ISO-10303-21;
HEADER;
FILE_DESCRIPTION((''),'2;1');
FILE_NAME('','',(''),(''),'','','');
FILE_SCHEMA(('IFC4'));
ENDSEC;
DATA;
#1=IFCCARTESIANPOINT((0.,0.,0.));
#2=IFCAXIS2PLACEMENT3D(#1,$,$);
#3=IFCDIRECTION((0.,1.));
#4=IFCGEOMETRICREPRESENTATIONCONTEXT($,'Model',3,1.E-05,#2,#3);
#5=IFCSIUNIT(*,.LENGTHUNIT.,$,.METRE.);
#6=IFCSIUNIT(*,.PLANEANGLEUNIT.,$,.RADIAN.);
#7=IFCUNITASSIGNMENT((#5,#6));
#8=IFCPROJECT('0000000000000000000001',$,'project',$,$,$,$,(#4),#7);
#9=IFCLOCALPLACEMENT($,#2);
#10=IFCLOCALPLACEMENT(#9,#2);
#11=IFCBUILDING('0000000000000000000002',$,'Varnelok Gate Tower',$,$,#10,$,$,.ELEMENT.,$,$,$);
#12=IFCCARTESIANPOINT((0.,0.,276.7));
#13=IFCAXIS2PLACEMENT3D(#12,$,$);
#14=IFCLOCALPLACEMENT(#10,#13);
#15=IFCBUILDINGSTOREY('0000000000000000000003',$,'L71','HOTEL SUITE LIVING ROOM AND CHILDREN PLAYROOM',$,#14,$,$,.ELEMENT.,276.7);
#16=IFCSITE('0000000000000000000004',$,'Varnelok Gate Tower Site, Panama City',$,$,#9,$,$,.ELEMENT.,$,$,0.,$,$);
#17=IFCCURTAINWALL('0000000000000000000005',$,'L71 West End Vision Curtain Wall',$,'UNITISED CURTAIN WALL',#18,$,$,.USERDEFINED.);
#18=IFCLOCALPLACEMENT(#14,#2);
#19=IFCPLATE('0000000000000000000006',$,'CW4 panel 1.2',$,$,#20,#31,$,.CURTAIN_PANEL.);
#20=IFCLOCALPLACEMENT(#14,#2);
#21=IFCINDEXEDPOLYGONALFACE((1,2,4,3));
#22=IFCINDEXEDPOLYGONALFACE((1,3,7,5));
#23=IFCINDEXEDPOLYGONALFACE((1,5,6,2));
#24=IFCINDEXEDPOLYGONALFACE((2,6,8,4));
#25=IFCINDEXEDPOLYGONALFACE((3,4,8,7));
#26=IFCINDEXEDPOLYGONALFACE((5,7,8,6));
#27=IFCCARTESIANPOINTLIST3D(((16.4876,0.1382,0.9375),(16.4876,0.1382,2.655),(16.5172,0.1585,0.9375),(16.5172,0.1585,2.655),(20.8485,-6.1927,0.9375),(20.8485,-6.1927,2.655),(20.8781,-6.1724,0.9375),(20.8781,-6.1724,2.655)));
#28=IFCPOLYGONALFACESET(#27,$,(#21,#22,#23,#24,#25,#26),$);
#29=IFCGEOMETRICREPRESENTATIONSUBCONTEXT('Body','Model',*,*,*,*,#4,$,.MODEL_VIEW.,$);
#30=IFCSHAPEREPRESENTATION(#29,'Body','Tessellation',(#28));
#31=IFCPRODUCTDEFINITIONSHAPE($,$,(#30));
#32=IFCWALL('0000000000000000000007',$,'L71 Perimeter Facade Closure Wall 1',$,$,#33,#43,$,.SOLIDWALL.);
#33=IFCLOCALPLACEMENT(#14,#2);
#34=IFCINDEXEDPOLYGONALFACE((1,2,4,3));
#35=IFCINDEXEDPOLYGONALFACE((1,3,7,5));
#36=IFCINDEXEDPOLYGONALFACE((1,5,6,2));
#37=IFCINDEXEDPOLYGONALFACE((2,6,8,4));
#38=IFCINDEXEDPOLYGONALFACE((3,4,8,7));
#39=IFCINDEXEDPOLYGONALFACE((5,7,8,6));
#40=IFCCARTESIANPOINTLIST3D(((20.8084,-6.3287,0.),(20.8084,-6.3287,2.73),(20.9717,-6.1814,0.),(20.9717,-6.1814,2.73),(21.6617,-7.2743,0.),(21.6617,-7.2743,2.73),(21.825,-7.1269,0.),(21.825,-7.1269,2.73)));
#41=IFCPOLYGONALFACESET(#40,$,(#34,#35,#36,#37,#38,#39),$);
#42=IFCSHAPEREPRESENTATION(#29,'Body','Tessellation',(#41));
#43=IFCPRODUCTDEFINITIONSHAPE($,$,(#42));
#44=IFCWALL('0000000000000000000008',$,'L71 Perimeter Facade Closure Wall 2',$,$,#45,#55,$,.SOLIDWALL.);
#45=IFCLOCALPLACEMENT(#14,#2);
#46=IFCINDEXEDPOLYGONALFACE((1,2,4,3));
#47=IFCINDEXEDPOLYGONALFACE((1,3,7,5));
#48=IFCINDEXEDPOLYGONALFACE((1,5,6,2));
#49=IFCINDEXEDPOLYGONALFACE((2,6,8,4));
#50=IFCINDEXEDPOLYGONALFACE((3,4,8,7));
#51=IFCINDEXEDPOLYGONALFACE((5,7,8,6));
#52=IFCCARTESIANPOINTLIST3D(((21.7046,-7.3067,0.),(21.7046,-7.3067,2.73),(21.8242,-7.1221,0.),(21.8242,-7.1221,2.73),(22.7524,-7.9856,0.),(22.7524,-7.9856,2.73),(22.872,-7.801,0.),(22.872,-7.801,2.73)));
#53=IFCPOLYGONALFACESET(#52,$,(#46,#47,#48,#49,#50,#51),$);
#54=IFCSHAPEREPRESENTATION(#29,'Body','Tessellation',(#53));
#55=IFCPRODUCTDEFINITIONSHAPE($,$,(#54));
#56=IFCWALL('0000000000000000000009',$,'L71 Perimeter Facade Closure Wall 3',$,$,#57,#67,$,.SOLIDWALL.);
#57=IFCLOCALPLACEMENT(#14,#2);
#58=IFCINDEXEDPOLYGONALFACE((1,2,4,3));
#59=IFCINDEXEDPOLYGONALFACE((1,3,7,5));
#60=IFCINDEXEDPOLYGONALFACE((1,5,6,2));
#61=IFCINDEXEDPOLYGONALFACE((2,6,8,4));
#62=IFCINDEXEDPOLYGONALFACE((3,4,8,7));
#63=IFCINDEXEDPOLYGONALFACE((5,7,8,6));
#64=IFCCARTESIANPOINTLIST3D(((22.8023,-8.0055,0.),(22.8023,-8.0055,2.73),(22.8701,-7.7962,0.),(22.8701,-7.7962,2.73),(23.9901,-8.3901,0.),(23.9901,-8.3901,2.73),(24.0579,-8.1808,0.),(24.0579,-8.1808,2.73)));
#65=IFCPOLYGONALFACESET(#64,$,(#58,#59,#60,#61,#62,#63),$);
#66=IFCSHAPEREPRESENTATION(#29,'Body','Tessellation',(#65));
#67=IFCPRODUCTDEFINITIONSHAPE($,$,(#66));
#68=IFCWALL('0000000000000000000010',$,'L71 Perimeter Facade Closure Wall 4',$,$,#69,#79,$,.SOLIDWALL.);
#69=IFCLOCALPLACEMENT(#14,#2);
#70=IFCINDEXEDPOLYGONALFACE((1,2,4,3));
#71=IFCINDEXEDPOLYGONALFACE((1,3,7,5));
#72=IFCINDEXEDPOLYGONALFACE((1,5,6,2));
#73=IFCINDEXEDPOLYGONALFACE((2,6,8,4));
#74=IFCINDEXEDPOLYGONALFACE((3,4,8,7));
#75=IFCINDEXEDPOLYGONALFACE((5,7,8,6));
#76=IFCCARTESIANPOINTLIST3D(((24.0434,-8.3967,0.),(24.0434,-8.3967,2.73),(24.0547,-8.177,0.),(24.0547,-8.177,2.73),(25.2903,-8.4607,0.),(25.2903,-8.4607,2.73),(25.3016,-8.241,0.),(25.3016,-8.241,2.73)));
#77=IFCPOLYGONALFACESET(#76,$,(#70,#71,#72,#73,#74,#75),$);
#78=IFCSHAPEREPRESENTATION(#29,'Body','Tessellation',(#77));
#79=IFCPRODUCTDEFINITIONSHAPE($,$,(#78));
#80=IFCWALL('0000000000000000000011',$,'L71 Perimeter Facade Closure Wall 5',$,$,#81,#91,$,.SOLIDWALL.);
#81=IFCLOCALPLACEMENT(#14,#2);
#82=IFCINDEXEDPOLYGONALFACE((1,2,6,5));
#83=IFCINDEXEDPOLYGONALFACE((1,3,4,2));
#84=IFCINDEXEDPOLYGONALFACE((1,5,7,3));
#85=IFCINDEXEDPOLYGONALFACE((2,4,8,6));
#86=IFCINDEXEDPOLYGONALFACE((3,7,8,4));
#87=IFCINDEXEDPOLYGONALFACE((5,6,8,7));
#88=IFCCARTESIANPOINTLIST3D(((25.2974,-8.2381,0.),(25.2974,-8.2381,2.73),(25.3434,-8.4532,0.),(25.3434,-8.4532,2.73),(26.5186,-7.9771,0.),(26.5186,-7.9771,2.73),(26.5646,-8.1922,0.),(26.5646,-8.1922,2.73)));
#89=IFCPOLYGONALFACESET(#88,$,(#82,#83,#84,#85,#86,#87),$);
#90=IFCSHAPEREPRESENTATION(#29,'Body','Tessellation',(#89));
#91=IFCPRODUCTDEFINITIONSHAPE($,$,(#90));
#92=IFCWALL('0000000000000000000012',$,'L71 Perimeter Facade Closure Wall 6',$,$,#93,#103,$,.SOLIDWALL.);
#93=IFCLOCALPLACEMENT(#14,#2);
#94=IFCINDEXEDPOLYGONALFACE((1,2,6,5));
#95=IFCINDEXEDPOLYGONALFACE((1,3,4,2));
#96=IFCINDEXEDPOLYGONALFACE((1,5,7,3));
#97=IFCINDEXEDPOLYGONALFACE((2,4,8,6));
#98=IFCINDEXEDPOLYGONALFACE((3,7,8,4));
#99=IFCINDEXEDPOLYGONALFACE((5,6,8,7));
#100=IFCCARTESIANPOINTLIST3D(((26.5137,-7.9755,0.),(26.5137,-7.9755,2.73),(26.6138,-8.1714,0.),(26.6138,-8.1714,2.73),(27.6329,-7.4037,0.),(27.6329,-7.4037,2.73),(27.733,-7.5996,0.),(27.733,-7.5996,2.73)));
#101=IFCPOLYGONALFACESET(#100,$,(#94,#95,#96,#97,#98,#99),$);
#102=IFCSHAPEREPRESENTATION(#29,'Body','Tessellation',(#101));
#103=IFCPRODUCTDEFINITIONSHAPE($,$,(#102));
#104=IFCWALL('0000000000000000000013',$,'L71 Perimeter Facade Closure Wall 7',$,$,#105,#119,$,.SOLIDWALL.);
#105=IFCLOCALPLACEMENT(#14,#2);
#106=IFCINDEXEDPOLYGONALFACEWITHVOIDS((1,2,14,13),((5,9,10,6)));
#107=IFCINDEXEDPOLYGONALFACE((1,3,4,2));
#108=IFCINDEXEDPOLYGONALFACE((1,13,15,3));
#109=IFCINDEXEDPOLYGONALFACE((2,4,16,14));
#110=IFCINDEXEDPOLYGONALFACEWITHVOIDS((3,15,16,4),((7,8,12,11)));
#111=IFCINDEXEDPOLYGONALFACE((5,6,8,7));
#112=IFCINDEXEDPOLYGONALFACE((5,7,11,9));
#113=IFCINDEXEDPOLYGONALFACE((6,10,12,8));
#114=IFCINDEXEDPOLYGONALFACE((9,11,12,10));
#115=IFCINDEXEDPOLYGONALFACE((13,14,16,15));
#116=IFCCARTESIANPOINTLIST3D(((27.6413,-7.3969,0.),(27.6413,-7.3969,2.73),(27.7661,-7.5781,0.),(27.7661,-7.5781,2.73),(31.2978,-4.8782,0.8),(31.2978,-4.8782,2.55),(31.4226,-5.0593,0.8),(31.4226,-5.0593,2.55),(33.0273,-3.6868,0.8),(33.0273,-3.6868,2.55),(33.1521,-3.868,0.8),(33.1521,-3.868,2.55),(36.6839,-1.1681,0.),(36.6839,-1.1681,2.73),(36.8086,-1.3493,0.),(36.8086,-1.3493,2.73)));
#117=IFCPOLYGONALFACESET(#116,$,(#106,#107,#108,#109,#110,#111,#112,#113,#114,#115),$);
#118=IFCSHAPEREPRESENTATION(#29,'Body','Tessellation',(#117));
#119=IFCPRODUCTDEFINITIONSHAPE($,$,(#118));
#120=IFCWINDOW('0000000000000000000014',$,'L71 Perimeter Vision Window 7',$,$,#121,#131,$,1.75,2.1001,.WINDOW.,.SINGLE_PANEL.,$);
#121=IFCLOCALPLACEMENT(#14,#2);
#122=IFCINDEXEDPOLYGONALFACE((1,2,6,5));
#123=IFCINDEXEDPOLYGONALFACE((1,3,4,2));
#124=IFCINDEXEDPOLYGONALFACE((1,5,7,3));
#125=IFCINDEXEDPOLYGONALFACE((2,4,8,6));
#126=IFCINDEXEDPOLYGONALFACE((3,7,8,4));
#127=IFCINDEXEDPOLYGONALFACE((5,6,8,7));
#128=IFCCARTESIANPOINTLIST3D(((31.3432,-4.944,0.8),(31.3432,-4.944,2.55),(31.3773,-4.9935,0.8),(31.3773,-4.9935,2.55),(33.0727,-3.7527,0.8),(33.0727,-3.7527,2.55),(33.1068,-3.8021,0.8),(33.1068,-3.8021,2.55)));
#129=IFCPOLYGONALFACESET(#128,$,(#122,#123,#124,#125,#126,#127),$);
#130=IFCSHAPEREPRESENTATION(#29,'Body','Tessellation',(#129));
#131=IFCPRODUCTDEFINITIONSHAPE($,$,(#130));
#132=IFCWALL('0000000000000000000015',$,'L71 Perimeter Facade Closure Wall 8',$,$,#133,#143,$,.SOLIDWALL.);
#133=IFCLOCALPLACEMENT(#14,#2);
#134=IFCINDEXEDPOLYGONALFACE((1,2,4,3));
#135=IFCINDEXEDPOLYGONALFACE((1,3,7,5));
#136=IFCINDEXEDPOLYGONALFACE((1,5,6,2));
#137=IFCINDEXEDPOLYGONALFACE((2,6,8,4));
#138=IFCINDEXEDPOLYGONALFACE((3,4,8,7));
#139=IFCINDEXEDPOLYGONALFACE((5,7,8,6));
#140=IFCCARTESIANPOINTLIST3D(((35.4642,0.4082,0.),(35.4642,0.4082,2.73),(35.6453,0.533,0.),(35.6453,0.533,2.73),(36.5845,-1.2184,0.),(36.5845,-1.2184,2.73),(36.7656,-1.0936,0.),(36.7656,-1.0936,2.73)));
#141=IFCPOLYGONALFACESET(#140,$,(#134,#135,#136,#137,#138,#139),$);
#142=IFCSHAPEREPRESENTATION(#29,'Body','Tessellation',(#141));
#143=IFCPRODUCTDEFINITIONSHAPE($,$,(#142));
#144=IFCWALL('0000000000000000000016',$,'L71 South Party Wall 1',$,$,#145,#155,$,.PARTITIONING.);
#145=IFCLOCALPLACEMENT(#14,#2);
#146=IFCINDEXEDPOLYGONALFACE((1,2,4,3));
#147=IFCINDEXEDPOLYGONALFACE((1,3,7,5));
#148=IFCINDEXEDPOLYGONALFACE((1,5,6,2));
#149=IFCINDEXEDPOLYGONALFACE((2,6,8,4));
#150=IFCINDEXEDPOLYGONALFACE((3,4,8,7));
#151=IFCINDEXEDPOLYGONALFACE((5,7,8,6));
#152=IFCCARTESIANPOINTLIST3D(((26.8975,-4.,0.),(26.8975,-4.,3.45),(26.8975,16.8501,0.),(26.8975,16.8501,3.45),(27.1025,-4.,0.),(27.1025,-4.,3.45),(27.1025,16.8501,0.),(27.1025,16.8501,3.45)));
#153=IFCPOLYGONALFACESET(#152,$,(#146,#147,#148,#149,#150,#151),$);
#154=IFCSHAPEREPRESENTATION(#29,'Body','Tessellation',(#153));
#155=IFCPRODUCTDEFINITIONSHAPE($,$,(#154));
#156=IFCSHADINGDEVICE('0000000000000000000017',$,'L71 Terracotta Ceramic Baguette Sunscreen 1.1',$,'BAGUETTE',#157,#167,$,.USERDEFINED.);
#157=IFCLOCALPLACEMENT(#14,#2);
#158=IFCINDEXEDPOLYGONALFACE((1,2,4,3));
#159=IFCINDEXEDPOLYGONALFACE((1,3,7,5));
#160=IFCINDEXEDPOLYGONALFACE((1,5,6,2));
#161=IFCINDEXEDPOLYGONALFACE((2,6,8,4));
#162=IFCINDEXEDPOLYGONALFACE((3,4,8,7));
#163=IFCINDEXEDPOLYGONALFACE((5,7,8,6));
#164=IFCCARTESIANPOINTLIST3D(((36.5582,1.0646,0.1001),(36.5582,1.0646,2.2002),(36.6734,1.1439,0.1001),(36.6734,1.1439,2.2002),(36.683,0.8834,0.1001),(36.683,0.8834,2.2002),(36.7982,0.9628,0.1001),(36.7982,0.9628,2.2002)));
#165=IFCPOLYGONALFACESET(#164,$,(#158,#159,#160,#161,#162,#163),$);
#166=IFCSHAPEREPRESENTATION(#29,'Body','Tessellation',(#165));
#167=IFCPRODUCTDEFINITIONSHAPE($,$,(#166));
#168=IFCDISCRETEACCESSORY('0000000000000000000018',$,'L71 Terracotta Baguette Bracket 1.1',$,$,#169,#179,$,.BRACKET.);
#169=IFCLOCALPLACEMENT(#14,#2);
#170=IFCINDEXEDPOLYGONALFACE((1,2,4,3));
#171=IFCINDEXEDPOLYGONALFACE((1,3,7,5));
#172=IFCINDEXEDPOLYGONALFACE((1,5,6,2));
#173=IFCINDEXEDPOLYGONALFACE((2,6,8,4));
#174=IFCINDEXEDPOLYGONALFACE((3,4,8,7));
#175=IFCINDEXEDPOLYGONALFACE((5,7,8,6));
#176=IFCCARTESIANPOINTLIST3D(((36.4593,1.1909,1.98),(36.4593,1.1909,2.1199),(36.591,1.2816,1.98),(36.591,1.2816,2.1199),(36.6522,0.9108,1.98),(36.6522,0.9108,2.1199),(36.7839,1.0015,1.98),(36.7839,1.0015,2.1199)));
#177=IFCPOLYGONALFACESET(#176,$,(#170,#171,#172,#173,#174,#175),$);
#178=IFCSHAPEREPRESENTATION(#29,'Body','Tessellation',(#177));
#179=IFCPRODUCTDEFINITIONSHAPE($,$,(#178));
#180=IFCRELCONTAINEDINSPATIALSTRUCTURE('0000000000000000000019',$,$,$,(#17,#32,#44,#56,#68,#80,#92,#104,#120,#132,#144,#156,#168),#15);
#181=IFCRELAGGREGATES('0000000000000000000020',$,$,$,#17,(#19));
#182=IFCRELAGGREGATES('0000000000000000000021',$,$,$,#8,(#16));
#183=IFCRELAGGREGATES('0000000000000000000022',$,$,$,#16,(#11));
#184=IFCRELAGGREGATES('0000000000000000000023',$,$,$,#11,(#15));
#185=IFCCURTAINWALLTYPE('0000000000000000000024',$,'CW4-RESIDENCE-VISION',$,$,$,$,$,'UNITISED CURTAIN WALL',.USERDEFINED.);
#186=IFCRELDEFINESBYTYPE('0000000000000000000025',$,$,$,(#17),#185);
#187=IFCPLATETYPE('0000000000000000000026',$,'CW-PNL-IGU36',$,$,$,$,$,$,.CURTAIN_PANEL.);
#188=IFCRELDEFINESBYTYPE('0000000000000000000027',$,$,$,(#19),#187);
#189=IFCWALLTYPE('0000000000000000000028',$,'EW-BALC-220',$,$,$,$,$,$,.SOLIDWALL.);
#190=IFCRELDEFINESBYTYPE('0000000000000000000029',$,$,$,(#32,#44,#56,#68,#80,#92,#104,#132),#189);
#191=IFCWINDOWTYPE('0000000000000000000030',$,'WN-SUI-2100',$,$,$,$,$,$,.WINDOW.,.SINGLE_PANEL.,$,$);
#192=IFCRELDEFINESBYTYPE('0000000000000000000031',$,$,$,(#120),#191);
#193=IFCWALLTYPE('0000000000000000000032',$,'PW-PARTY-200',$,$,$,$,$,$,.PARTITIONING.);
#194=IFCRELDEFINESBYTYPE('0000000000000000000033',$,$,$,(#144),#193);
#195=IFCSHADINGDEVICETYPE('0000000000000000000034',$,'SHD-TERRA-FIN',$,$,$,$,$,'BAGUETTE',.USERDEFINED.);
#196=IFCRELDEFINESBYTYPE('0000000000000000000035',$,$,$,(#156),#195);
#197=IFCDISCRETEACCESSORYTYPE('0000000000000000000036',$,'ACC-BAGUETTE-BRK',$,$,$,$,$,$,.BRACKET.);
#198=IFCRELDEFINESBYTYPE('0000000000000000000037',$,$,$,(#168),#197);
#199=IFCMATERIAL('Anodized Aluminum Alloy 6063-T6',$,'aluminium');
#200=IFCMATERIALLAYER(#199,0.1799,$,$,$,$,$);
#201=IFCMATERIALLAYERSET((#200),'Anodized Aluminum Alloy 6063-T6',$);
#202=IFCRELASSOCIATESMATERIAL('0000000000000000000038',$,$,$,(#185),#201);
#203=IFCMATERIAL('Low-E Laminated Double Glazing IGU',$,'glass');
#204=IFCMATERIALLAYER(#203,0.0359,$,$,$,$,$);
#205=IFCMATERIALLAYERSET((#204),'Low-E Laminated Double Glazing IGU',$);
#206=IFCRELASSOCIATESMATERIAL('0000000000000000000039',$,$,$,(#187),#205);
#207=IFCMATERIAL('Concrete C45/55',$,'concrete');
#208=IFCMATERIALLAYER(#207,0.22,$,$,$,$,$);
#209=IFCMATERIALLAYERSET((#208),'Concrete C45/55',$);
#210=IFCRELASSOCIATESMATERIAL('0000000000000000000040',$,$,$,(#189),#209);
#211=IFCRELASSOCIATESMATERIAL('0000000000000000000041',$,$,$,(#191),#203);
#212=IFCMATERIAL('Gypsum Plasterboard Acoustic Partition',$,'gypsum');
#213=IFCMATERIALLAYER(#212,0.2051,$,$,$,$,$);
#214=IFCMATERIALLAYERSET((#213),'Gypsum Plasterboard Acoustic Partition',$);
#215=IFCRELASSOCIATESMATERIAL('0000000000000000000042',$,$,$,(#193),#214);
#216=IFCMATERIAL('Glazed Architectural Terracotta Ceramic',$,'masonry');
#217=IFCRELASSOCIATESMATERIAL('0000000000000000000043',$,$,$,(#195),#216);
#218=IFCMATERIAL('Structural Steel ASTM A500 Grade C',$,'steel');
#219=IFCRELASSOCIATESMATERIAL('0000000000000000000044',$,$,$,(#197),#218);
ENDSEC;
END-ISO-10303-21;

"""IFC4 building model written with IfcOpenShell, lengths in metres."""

from ifc_helpers import new_model, si_unit, direction, frame, frame_2d, origin, origin_2d, place, context, subcontext, project, spatial, rectangle, extrude, source, transform, mapped, material, layer, layer_set, type_object, element, fill, aggregate, save


model = new_model("IFC4")

# Units and contexts
model_context = context("Model", 3, precision=1e-05, world=origin(), true_north=direction((0.0, 1.0)))
body_context = subcontext(model_context, "Body", "Model", "MODEL_VIEW")
ifc_project = project(units=[si_unit("LENGTHUNIT", "METRE"), si_unit("PLANEANGLEUNIT", "RADIAN")], contexts=[model_context])

# Site, building, storey
site_placement = place(None, origin())
site = spatial("IfcSite", under=ifc_project, at=site_placement, Name="Varnelok Gate Tower Site, Panama City", CompositionType="ELEMENT", RefElevation=0.0)
building_placement = place(site_placement, origin())
building = spatial("IfcBuilding", under=site, at=building_placement, Name="Varnelok Gate Tower", CompositionType="ELEMENT")
storey_placement = place(building_placement, frame((0.0, 0.0, 276.7)))
storey = spatial("IfcBuildingStorey", under=building, at=storey_placement, Name="L71", Description="HOTEL SUITE LIVING ROOM AND CHILDREN PLAYROOM", CompositionType="ELEMENT", Elevation=276.7)

# Curtain wall, plate
ifc_material_1 = material(Name="Anodized Aluminum Alloy 6063-T6", Category="aluminium")
ifc_layer_1 = layer(ifc_material_1, 0.1799)
ifc_layer_set_1 = layer_set([ifc_layer_1], Name="Anodized Aluminum Alloy 6063-T6")
curtain_wall_type = type_object("IfcCurtainWallType", Name="CW4-RESIDENCE-VISION", ElementType="UNITISED CURTAIN WALL", PredefinedType="USERDEFINED", material=ifc_layer_set_1)
curtain_wall_placement = place(storey_placement, origin())
curtain_wall = element("IfcCurtainWall", 1, at=curtain_wall_placement, inside=storey, type_object=curtain_wall_type, Name="L71 West End Vision Curtain Wall", ObjectType="UNITISED CURTAIN WALL", PredefinedType="USERDEFINED")
ifc_material_2 = material(Name="Low-E Laminated Double Glazing IGU", Category="glass")
ifc_layer_2 = layer(ifc_material_2, 0.0359)
ifc_layer_set_2 = layer_set([ifc_layer_2], Name="Low-E Laminated Double Glazing IGU")
plate_type = type_object("IfcPlateType", Name="CW-PNL-IGU36", PredefinedType="CURTAIN_PANEL", material=ifc_layer_set_2)
shared_shape_1 = source(origin(), body_context, "Body", "SweptSolid", [
    extrude(rectangle(XDim=7.6875, YDim=0.0359, at=origin_2d()), origin(), (0.0, 0.0, 1.0), 1.7175),
])
plate_1_placement = place(storey_placement, frame((18.6829, -3.0171, 0.9375), z_axis=(0.0, 0.0, 1.0), x_axis=(-0.567269, 0.823532, 0.0)))
plate_1 = element("IfcPlate", 2, at=plate_1_placement, type_object=plate_type, Name="CW4 panel 1.2", PredefinedType="CURTAIN_PANEL", context=body_context, shape_type="MappedRepresentation", body=[
    mapped(shared_shape_1, transform((0.0, 0.0, 0.0), scale=1.0)),
])
aggregate(curtain_wall, [plate_1])

# Walls
ifc_material_3 = material(Name="Concrete C45/55", Category="concrete")
ifc_layer_3 = layer(ifc_material_3, 0.22)
ifc_layer_set_3 = layer_set([ifc_layer_3], Name="Concrete C45/55")
wall_type_1 = type_object("IfcWallType", Name="EW-BALC-220", PredefinedType="SOLIDWALL", material=ifc_layer_set_3)
wall_1_placement = place(storey_placement, frame((20.8901, -6.2551, 0.0), z_axis=(0.0, 0.0, 1.0), x_axis=(0.669949, -0.742407, 0.0)))
element("IfcWall", 3, at=wall_1_placement, inside=storey, type_object=wall_type_1, Name="L71 Perimeter Facade Closure Wall 1", PredefinedType="SOLIDWALL", context=body_context, shape_type="SweptSolid", body=[
    extrude(rectangle(XDim=1.2737, YDim=0.22, at=frame_2d((0.6367, 0.0))), origin(), (0.0, 0.0, 1.0), 2.73),
])
for number, where, z_axis, x_axis, name in (
    (4, (21.7644, -7.2144, 0.0), (0.0, 0.0, 1.0), (0.839229, -0.543778, 0.0), "L71 Perimeter Facade Closure Wall 2"),
    (5, (22.8362, -7.9009, 0.0), (0.0, 0.0, 1.0), (0.951386, -0.308003, 0.0), "L71 Perimeter Facade Closure Wall 3"),
    (6, (24.0491, -8.2869, 0.0), (0.0, 0.0, 1.0), (0.998687, -0.051235, 0.0), "L71 Perimeter Facade Closure Wall 4"),
):
    element("IfcWall", number, at=place(storey_placement, frame(where, z_axis=z_axis, x_axis=x_axis)), inside=storey, type_object=wall_type_1, Name=name, PredefinedType="SOLIDWALL", context=body_context, shape_type="SweptSolid", body=[
        extrude(rectangle(XDim=1.2485, YDim=0.22, at=frame_2d((0.6243, 0.0))), origin(), (0.0, 0.0, 1.0), 2.73),
    ])
wall_2_placement = place(storey_placement, frame((25.3203, -8.3457, 0.0), z_axis=(0.0, 0.0, 1.0), x_axis=(0.977917, 0.208995, 0.0)))
element("IfcWall", 7, at=wall_2_placement, inside=storey, type_object=wall_type_1, Name="L71 Perimeter Facade Closure Wall 5", PredefinedType="SOLIDWALL", context=body_context, shape_type="SweptSolid", body=[
    extrude(rectangle(XDim=1.2488, YDim=0.22, at=frame_2d((0.6245, 0.0))), origin(), (0.0, 0.0, 1.0), 2.73),
])
wall_3_placement = place(storey_placement, frame((26.5637, -8.0735, 0.0), z_axis=(0.0, 0.0, 1.0), x_axis=(0.890508, 0.454967, 0.0)))
element("IfcWall", 8, at=wall_3_placement, inside=storey, type_object=wall_type_1, Name="L71 Perimeter Facade Closure Wall 6", PredefinedType="SOLIDWALL", context=body_context, shape_type="SweptSolid", body=[
    extrude(rectangle(XDim=1.2568, YDim=0.22, at=frame_2d((0.6284, 0.0))), origin(), (0.0, 0.0, 1.0), 2.73),
])

# Wall, opening, window
wall_4_placement = place(storey_placement, frame((27.7036, -7.4875, 0.0), z_axis=(0.0, 0.0, 1.0), x_axis=(0.823529, 0.567274, 0.0)))
wall_4 = element("IfcWall", 9, at=wall_4_placement, inside=storey, type_object=wall_type_1, Name="L71 Perimeter Facade Closure Wall 7", PredefinedType="SOLIDWALL", context=body_context, shape_type="SweptSolid", body=[
    extrude(rectangle(XDim=10.9802, YDim=0.22, at=frame_2d((5.4902, 0.0))), origin(), (0.0, 0.0, 1.0), 2.73),
])
opening_placement = place(wall_4_placement, frame((4.4402, 0.0, 0.8)))
opening = element("IfcOpeningElement", 10, at=opening_placement, cuts=wall_4, PredefinedType="OPENING", context=body_context, shape_type="SweptSolid", body=[
    extrude(rectangle(XDim=2.1001, YDim=1.75, at=frame_2d((1.05, 0.875))), frame((0.0, 0.1199, 0.0), z_axis=(0.0, -1.0, 0.0), x_axis=(1.0, 0.0, 0.0)), (0.0, 0.0, 1.0), 0.24),
])
window_type = type_object("IfcWindowType", Name="WN-SUI-2100", PartitioningType="SINGLE_PANEL", PredefinedType="WINDOW", material=ifc_material_2)
window_placement = place(opening_placement, origin())
window = element("IfcWindow", 11, at=window_placement, inside=storey, type_object=window_type, Name="L71 Perimeter Vision Window 7", OverallHeight=1.75, OverallWidth=2.1001, PartitioningType="SINGLE_PANEL", PredefinedType="WINDOW", context=body_context, shape_type="SweptSolid", body=[
    extrude(rectangle(XDim=2.1001, YDim=1.75, at=frame_2d((1.05, 0.875))), frame((0.0, 0.03, 0.0), z_axis=(0.0, -1.0, 0.0), x_axis=(1.0, 0.0, 0.0)), (0.0, 0.0, 1.0), 0.0601),
])
fill(opening, window)

# Walls
wall_5_placement = place(storey_placement, frame((36.675, -1.156, 0.0), z_axis=(0.0, 0.0, 1.0), x_axis=(-0.567216, 0.823569, 0.0)))
element("IfcWall", 12, at=wall_5_placement, inside=storey, type_object=wall_type_1, Name="L71 Perimeter Facade Closure Wall 8", PredefinedType="SOLIDWALL", context=body_context, shape_type="SweptSolid", body=[
    extrude(rectangle(XDim=1.9751, YDim=0.22, at=frame_2d((0.9875, 0.0))), origin(), (0.0, 0.0, 1.0), 2.73),
])
ifc_material_4 = material(Name="Gypsum Plasterboard Acoustic Partition", Category="gypsum")
ifc_layer_4 = layer(ifc_material_4, 0.2051)
ifc_layer_set_4 = layer_set([ifc_layer_4], Name="Gypsum Plasterboard Acoustic Partition")
wall_type_2 = type_object("IfcWallType", Name="PW-PARTY-200", PredefinedType="PARTITIONING", material=ifc_layer_set_4)
wall_6_placement = place(storey_placement, frame((27.0, -4.0, 0.0), z_axis=(0.0, 0.0, 1.0), x_axis=(0.0, 1.0, 0.0)))
element("IfcWall", 13, at=wall_6_placement, inside=storey, type_object=wall_type_2, Name="L71 South Party Wall 1", PredefinedType="PARTITIONING", context=body_context, shape_type="SweptSolid", body=[
    extrude(rectangle(XDim=20.8501, YDim=0.2051, at=frame_2d((10.425, 0.0))), origin(), (0.0, 0.0, 1.0), 3.45),
])

# Shading device
ifc_material_5 = material(Name="Glazed Architectural Terracotta Ceramic", Category="masonry")
shading_device_type = type_object("IfcShadingDeviceType", Name="SHD-TERRA-FIN", ElementType="BAGUETTE", PredefinedType="USERDEFINED", material=ifc_material_5)
shared_shape_2 = source(origin(), body_context, "Body", "SweptSolid", [
    extrude(rectangle(XDim=0.1399, YDim=0.22, at=origin_2d()), origin(), (0.0, 0.0, 1.0), 2.1001),
])
shading_device_placement = place(storey_placement, frame((36.6782, 1.0137, 0.1001), z_axis=(0.0, 0.0, 1.0), x_axis=(0.823533, 0.567269, 0.0)))
element("IfcShadingDevice", 14, at=shading_device_placement, inside=storey, type_object=shading_device_type, Name="L71 Terracotta Ceramic Baguette Sunscreen 1.1", ObjectType="BAGUETTE", PredefinedType="USERDEFINED", context=body_context, shape_type="MappedRepresentation", body=[
    mapped(shared_shape_2, transform((0.0, 0.0, 0.0), scale=1.0)),
])

# Discrete accessory
ifc_material_6 = material(Name="Structural Steel ASTM A500 Grade C", Category="steel")
discrete_accessory_type = type_object("IfcDiscreteAccessoryType", Name="ACC-BAGUETTE-BRK", PredefinedType="BRACKET", material=ifc_material_6)
shared_shape_3 = source(origin(), body_context, "Body", "SweptSolid", [
    extrude(rectangle(XDim=0.1599, YDim=0.3401, at=origin_2d()), origin(), (0.0, 0.0, 1.0), 0.1399),
])
discrete_accessory_placement = place(storey_placement, frame((36.6216, 1.0962, 1.98), z_axis=(0.0, 0.0, 1.0), x_axis=(0.823533, 0.567269, 0.0)))
element("IfcDiscreteAccessory", 15, at=discrete_accessory_placement, inside=storey, type_object=discrete_accessory_type, Name="L71 Terracotta Baguette Bracket 1.1", PredefinedType="BRACKET", context=body_context, shape_type="MappedRepresentation", body=[
    mapped(shared_shape_3, transform((0.0, 0.0, 0.0), scale=1.0)),
])

save(model, "model.ifc")
